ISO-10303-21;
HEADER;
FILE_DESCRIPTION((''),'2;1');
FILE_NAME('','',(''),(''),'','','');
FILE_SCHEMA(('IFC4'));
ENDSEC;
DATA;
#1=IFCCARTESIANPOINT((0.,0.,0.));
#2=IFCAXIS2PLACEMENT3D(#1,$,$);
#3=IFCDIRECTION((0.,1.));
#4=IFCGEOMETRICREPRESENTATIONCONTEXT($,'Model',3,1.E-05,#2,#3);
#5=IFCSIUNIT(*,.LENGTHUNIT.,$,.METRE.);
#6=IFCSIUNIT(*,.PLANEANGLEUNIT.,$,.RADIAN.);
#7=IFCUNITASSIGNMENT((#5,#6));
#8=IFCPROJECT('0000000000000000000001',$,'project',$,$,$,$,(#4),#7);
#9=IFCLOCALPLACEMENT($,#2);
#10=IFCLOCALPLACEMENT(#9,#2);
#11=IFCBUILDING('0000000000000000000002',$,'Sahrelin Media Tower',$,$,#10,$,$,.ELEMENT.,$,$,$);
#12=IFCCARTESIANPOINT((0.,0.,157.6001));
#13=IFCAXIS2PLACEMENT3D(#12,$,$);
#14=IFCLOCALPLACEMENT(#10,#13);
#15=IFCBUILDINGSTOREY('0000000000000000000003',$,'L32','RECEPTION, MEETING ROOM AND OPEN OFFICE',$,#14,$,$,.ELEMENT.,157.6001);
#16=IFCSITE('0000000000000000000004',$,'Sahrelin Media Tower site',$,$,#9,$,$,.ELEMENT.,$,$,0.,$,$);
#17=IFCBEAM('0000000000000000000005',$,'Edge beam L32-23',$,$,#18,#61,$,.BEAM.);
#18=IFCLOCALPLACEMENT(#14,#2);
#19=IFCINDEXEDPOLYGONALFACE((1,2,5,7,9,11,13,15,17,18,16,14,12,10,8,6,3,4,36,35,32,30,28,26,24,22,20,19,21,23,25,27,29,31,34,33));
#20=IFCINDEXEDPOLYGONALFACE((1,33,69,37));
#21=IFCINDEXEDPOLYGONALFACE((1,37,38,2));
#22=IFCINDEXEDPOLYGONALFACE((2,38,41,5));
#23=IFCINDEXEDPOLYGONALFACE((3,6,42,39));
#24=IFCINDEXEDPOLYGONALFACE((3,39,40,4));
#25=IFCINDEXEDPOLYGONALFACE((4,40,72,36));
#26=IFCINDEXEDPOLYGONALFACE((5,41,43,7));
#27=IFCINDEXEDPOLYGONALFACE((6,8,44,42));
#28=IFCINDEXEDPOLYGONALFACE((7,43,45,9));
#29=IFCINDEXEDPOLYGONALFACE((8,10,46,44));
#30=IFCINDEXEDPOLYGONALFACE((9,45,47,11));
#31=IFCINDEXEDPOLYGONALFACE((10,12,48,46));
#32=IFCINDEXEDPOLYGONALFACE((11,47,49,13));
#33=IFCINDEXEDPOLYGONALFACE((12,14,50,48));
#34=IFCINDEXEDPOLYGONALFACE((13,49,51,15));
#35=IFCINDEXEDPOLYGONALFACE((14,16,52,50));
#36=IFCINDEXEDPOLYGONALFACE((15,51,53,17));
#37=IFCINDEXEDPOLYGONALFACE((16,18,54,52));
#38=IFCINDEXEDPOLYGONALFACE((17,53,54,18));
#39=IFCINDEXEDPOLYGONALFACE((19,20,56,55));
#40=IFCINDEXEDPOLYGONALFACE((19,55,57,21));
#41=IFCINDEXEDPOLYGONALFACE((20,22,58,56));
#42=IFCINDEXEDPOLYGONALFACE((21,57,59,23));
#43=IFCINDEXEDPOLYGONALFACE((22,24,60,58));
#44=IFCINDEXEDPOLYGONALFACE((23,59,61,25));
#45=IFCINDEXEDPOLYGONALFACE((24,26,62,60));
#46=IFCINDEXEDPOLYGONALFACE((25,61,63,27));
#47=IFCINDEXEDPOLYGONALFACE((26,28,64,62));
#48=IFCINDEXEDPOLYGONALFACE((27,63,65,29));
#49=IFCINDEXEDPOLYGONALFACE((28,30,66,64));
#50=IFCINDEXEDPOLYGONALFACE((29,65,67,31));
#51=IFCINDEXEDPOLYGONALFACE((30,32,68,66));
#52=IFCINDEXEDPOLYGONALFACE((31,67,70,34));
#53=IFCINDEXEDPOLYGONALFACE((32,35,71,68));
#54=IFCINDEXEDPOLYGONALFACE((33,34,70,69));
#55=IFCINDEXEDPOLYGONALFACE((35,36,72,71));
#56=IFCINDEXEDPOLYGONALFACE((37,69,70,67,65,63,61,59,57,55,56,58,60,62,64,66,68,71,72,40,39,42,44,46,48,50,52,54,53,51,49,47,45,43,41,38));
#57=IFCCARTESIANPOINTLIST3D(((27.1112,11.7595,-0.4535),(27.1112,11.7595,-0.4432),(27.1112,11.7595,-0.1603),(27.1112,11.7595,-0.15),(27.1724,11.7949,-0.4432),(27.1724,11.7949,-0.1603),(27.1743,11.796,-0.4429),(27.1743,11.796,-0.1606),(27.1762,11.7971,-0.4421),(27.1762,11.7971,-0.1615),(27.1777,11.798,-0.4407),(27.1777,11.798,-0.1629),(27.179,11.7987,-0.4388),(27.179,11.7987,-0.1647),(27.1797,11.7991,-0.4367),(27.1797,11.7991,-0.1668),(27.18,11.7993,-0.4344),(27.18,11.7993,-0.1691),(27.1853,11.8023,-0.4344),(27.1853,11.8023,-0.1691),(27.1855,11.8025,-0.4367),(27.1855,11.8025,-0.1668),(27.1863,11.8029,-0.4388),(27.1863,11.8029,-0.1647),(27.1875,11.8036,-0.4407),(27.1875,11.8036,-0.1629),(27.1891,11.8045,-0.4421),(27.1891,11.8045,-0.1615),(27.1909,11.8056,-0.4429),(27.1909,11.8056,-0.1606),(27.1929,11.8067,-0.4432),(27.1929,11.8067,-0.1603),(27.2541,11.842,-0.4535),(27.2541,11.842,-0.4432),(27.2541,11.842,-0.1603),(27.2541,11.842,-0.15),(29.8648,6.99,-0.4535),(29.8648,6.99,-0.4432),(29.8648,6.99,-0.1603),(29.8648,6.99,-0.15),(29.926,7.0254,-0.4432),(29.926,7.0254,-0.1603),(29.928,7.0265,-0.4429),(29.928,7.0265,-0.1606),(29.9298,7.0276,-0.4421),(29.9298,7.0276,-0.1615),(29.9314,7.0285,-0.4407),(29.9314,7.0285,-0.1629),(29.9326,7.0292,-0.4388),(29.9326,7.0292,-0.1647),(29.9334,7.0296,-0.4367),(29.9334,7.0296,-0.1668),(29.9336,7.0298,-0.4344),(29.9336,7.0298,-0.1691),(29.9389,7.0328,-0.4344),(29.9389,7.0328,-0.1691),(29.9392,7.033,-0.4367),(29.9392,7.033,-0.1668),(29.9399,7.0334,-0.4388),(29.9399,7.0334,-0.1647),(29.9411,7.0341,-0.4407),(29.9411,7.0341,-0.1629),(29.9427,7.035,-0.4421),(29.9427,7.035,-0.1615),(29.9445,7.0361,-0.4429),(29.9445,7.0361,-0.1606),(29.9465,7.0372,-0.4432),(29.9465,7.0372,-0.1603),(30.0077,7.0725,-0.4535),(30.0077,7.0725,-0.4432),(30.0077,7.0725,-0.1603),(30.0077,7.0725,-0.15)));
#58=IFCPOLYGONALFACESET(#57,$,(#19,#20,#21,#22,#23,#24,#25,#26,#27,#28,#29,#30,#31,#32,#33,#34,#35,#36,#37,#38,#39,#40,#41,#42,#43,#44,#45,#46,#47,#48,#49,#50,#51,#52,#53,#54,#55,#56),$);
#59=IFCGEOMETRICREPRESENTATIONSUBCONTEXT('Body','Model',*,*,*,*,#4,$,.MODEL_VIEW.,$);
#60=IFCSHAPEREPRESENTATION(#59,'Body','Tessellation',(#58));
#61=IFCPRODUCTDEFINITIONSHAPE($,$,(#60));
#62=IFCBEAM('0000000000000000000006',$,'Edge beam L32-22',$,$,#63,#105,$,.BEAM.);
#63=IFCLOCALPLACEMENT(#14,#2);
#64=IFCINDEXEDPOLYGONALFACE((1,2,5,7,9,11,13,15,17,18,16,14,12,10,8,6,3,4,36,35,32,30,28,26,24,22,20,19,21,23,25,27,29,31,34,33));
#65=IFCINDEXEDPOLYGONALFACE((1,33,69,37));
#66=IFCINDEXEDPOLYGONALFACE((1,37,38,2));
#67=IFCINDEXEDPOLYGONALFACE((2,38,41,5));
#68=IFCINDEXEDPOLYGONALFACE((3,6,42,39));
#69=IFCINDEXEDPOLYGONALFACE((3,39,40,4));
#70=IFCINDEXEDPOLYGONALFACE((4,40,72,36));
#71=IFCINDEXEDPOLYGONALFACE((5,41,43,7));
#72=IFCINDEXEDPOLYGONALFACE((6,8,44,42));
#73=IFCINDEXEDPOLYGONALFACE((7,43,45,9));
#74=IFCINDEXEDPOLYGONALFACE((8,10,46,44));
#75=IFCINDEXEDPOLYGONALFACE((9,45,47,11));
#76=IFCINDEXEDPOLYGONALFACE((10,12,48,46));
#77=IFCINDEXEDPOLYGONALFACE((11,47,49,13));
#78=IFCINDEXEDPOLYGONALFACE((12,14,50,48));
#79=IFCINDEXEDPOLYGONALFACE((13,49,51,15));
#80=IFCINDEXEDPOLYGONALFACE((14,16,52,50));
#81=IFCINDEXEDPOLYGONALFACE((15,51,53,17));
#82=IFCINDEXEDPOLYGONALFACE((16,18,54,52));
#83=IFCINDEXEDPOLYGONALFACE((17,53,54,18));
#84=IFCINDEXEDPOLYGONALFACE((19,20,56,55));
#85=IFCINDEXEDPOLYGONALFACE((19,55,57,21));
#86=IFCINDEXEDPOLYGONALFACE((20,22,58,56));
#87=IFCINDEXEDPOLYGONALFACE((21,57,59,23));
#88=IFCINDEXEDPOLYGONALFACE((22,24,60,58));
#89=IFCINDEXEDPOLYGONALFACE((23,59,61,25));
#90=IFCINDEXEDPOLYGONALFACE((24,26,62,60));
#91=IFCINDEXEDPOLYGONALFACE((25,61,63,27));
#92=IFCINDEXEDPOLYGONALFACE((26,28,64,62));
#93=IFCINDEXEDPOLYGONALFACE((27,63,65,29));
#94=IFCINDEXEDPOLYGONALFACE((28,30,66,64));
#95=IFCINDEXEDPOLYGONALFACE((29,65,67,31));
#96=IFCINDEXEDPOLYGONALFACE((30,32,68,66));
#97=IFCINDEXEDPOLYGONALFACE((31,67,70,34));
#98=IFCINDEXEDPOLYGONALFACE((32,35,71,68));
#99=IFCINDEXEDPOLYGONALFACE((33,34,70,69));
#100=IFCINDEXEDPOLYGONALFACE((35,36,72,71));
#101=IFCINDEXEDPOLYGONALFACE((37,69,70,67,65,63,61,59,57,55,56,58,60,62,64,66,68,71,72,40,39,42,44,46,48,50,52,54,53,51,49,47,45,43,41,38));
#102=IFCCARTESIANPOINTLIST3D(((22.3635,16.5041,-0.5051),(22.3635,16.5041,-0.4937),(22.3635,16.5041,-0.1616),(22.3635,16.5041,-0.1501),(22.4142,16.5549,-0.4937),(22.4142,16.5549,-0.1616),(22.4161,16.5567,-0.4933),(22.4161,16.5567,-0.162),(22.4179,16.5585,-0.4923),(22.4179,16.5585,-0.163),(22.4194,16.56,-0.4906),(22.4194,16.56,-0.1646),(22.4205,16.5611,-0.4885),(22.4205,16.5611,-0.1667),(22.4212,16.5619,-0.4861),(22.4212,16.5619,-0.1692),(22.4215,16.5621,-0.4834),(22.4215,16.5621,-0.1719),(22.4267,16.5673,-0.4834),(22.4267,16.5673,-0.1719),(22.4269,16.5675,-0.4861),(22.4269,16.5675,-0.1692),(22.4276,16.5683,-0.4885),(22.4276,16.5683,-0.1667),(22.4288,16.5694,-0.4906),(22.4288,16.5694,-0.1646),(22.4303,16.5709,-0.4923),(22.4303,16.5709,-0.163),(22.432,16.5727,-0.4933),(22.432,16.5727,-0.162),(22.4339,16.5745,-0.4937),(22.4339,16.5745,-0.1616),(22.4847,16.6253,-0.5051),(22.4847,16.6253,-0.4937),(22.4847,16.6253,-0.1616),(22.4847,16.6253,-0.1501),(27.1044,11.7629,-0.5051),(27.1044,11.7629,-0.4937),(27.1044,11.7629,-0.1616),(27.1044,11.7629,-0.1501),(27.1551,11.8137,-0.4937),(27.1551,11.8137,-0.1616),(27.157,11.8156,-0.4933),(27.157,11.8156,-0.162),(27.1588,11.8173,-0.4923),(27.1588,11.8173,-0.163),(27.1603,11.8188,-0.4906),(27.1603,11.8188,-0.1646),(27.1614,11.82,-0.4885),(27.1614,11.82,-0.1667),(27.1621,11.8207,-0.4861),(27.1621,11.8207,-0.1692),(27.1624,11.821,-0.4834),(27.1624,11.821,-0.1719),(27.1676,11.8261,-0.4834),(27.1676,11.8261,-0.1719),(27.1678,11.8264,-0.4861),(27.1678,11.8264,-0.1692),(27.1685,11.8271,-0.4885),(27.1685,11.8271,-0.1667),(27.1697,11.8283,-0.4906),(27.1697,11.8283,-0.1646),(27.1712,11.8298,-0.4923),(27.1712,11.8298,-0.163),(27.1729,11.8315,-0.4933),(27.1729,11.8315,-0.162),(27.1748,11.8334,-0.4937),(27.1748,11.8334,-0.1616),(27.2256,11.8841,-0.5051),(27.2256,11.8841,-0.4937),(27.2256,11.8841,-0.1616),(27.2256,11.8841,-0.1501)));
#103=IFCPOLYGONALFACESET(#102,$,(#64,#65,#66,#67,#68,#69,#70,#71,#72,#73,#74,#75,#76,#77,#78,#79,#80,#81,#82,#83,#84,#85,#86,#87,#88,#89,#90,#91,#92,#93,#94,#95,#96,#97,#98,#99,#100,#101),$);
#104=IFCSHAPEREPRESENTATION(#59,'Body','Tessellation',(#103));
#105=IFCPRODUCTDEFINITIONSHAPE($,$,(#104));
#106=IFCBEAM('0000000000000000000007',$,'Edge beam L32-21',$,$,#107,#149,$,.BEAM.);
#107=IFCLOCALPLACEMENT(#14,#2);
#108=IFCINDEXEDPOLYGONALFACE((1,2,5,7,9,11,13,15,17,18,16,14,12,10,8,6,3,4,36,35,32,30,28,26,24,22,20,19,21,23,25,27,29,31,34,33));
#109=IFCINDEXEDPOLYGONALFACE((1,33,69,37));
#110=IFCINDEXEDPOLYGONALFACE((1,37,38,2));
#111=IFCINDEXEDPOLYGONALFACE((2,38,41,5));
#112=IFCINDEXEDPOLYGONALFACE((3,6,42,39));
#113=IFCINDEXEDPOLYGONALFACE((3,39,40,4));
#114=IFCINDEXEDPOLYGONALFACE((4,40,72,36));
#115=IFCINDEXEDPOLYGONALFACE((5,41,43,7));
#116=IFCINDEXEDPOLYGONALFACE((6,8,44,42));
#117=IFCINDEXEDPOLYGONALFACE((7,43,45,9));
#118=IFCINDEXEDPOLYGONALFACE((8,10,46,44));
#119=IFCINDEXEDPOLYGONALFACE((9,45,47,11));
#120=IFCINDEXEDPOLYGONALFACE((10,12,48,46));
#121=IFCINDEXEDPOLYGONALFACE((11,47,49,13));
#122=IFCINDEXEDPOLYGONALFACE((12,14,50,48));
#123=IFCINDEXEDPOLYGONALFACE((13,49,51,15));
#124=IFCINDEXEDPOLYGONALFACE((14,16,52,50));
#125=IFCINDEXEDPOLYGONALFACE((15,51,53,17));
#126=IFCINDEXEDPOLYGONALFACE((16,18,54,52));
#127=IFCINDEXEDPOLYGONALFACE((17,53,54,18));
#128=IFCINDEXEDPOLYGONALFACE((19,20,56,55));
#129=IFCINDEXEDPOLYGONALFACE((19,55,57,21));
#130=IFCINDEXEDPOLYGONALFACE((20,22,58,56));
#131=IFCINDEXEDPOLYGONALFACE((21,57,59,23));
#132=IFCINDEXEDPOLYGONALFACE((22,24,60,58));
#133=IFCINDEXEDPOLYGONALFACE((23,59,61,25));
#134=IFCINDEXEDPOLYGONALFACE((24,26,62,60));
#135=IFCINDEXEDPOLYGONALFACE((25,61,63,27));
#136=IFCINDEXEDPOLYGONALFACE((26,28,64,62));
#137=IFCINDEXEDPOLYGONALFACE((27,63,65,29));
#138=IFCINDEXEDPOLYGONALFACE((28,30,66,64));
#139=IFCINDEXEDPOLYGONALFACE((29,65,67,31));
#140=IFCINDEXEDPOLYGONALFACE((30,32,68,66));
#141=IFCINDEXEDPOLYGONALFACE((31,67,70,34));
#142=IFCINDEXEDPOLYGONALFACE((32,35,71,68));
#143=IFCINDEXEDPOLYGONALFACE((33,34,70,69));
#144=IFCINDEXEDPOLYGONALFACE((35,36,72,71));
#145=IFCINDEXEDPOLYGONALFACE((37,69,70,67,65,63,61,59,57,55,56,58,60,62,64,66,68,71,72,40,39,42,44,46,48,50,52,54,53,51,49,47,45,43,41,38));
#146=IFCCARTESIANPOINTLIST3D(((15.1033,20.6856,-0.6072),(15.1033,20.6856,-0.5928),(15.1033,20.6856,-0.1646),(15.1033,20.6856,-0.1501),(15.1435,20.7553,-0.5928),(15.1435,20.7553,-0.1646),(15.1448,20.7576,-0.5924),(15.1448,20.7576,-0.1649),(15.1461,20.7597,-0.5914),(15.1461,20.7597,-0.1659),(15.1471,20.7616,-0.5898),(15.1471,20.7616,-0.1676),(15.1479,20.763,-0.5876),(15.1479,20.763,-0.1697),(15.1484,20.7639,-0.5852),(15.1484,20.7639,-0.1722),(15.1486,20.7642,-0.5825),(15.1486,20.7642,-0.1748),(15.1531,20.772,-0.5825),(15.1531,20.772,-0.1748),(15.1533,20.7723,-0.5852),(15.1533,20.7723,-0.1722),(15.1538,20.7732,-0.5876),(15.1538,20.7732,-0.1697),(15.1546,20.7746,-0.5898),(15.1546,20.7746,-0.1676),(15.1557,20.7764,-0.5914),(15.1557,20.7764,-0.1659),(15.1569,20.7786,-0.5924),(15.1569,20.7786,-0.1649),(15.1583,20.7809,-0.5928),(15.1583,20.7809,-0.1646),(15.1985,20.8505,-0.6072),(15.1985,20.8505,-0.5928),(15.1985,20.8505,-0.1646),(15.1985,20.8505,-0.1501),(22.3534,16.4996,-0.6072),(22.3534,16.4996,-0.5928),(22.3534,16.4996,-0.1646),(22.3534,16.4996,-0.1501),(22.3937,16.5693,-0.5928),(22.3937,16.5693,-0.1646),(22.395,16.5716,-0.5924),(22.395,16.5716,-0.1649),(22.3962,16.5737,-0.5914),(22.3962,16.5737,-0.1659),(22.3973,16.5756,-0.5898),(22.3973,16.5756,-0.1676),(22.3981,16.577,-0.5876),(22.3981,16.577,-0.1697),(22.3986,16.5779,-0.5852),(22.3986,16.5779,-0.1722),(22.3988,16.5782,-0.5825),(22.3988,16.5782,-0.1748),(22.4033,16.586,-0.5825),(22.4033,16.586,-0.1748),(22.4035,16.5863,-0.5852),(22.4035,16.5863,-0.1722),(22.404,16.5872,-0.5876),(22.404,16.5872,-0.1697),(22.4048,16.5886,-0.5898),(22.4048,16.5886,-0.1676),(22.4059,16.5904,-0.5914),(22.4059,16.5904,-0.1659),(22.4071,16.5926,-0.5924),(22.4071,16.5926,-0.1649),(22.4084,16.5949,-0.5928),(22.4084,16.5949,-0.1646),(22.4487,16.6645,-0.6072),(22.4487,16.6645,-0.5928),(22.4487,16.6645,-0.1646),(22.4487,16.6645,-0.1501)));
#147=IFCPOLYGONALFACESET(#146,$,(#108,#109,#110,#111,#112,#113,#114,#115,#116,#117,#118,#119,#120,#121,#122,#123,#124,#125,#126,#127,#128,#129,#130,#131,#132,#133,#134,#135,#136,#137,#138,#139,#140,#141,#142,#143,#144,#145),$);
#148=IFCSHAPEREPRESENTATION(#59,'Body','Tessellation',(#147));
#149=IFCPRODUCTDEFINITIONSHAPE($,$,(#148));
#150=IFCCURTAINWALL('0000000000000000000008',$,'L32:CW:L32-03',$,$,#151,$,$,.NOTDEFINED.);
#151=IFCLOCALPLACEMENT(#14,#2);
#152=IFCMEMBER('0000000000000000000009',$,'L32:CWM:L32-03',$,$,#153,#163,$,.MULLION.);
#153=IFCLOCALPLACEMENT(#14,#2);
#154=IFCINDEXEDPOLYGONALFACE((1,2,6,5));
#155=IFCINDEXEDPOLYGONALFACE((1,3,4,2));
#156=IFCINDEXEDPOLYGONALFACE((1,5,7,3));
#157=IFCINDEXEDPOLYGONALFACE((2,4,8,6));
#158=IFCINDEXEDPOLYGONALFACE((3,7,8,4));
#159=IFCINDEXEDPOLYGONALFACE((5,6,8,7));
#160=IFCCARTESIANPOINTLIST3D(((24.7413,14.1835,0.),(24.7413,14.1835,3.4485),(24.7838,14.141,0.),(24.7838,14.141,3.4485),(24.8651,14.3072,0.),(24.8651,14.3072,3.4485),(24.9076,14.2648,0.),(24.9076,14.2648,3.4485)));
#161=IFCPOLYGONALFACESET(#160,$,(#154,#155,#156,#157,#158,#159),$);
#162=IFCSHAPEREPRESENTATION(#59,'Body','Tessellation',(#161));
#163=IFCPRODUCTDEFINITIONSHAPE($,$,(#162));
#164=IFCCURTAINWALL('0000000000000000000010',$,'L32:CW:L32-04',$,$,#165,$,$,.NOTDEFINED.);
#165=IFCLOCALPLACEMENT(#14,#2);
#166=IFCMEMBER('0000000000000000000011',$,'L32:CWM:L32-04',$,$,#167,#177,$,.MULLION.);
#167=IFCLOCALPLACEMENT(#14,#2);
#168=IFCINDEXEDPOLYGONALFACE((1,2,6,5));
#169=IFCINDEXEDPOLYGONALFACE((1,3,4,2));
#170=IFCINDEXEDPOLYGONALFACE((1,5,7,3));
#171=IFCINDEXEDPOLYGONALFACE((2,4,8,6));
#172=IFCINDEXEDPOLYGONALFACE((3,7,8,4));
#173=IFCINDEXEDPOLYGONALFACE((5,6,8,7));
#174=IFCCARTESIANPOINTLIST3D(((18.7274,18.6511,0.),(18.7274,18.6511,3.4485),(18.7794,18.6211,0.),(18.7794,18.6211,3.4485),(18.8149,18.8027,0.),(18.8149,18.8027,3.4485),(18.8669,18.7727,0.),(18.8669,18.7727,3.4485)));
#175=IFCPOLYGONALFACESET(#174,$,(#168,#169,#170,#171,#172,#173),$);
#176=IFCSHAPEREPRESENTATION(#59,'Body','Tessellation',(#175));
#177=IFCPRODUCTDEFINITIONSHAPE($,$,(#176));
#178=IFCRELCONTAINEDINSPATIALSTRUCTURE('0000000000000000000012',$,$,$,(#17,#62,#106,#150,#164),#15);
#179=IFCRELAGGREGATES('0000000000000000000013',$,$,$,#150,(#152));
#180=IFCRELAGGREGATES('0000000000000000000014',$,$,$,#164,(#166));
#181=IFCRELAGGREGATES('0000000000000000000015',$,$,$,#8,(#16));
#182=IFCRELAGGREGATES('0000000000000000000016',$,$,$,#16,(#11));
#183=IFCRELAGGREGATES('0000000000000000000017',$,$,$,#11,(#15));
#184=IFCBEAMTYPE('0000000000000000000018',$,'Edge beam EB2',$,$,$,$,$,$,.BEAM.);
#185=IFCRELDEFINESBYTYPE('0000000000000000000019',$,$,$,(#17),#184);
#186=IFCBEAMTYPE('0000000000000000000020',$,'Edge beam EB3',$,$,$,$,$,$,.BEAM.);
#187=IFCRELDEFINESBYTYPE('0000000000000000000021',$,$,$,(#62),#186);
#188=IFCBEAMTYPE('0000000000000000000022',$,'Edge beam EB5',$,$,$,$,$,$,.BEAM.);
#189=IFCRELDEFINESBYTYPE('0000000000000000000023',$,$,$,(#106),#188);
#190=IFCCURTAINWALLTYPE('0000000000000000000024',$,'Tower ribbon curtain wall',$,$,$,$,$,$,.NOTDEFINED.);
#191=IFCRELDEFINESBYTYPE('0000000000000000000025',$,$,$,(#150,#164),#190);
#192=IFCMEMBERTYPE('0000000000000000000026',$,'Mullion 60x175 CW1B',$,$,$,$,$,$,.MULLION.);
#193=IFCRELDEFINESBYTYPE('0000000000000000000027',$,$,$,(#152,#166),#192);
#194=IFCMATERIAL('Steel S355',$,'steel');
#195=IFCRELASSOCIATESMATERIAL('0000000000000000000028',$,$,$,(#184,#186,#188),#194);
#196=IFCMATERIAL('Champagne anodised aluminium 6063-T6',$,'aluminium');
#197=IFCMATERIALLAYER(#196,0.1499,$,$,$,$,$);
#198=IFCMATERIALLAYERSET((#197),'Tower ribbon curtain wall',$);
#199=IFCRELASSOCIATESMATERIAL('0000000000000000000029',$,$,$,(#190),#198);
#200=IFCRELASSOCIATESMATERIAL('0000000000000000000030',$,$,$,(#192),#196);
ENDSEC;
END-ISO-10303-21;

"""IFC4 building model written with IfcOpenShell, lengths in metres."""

from ifc_helpers import new_model, si_unit, direction, frame, origin, origin_2d, place, context, subcontext, project, spatial, rectangle, i_section, extrude, material, layer, layer_set, material_profile, profile_set, type_object, element, aggregate, save


model = new_model("IFC4")

# Units and contexts
model_context = context("Model", 3, precision=1e-05, world=origin(), true_north=direction((0.0, 1.0)))
body_context = subcontext(model_context, "Body", "Model", "MODEL_VIEW")
ifc_project = project(units=[si_unit("LENGTHUNIT", "METRE"), si_unit("PLANEANGLEUNIT", "RADIAN")], contexts=[model_context])

# Site, building, storey
site_placement = place(None, origin())
site = spatial("IfcSite", under=ifc_project, at=site_placement, Name="Sahrelin Media Tower site", CompositionType="ELEMENT", RefElevation=0.0)
building_placement = place(site_placement, origin())
building = spatial("IfcBuilding", under=site, at=building_placement, Name="Sahrelin Media Tower", CompositionType="ELEMENT")
storey_placement = place(building_placement, frame((0.0, 0.0, 157.6001)))
storey = spatial("IfcBuildingStorey", under=building, at=storey_placement, Name="L32", Description="RECEPTION, MEETING ROOM AND OPEN OFFICE", CompositionType="ELEMENT", Elevation=157.6001)

# Beams
ifc_material_1 = material(Name="Steel S355", Category="steel")
ifc_material_profile_1 = material_profile(ifc_material_1, i_section(OverallWidth=0.165, OverallDepth=0.3035, WebThickness=0.0061, FlangeThickness=0.0103, FilletRadius=0.0088, at=origin_2d()), Name="UB 305x165x40")
ifc_profile_set_1 = profile_set([ifc_material_profile_1], Name="Steel S355")
beam_type_1 = type_object("IfcBeamType", Name="Edge beam EB2", PredefinedType="BEAM", material=ifc_profile_set_1)
beam_1_placement = place(storey_placement, frame((27.1826, 11.8008, -0.3018), z_axis=(0.499996, -0.866028, 0.0), x_axis=(0.866028, 0.499996, 0.0)))
element("IfcBeam", 1, at=beam_1_placement, inside=storey, type_object=beam_type_1, Name="Edge beam L32-23", PredefinedType="BEAM", context=body_context, shape_type="SweptSolid", body=[
    extrude(i_section(OverallWidth=0.165, OverallDepth=0.3035, WebThickness=0.0061, FlangeThickness=0.0103, FilletRadius=0.0088, at=origin_2d()), origin(), (0.0, 0.0, 1.0), 5.5073),
])
ifc_material_profile_2 = material_profile(ifc_material_1, i_section(OverallWidth=0.1714, OverallDepth=0.355, WebThickness=0.0073, FlangeThickness=0.0115, FilletRadius=0.0103, at=origin_2d()), Name="UB 356x171x51")
ifc_profile_set_2 = profile_set([ifc_material_profile_2], Name="Steel S355")
beam_type_2 = type_object("IfcBeamType", Name="Edge beam EB3", PredefinedType="BEAM", material=ifc_profile_set_2)
beam_2_placement = place(storey_placement, frame((22.4241, 16.5647, -0.3276), z_axis=(0.707089, -0.707125, 0.0), x_axis=(0.707125, 0.707089, 0.0)))
element("IfcBeam", 2, at=beam_2_placement, inside=storey, type_object=beam_type_2, Name="Edge beam L32-22", PredefinedType="BEAM", context=body_context, shape_type="SweptSolid", body=[
    extrude(i_section(OverallWidth=0.1714, OverallDepth=0.355, WebThickness=0.0073, FlangeThickness=0.0115, FilletRadius=0.0103, at=origin_2d()), origin(), (0.0, 0.0, 1.0), 6.7048),
])
ifc_material_profile_3 = material_profile(ifc_material_1, i_section(OverallWidth=0.1904, OverallDepth=0.457, WebThickness=0.009, FlangeThickness=0.0144, FilletRadius=0.0103, at=origin_2d()), Name="UB 457x191x74")
ifc_profile_set_3 = profile_set([ifc_material_profile_3], Name="Steel S355")
beam_type_3 = type_object("IfcBeamType", Name="Edge beam EB5", PredefinedType="BEAM", material=ifc_profile_set_3)
beam_3_placement = place(storey_placement, frame((15.1509, 20.7681, -0.3787), z_axis=(0.86602, -0.500009, 0.0), x_axis=(0.500009, 0.86602, 0.0)))
element("IfcBeam", 3, at=beam_3_placement, inside=storey, type_object=beam_type_3, Name="Edge beam L32-21", PredefinedType="BEAM", context=body_context, shape_type="SweptSolid", body=[
    extrude(i_section(OverallWidth=0.1904, OverallDepth=0.457, WebThickness=0.009, FlangeThickness=0.0144, FilletRadius=0.0103, at=origin_2d()), origin(), (0.0, 0.0, 1.0), 8.3718),
])

# Curtain walls, members
ifc_material_2 = material(Name="Champagne anodised aluminium 6063-T6", Category="aluminium")
ifc_layer_1 = layer(ifc_material_2, 0.1499)
ifc_layer_set_1 = layer_set([ifc_layer_1], Name="Tower ribbon curtain wall")
curtain_wall_type = type_object("IfcCurtainWallType", Name="Tower ribbon curtain wall", PredefinedType="NOTDEFINED", material=ifc_layer_set_1)
curtain_wall_1_placement = place(storey_placement, frame((24.9006, 14.3003, 0.0), z_axis=(0.0, 0.0, 1.0), x_axis=(1.0, 0.0, 0.0)))
curtain_wall_1 = element("IfcCurtainWall", 4, at=curtain_wall_1_placement, inside=storey, type_object=curtain_wall_type, Name="L32:CW:L32-03", PredefinedType="NOTDEFINED")
ifc_material_profile_4 = material_profile(ifc_material_2, rectangle(XDim=0.0601, YDim=0.175, at=origin_2d()), Name="Mullion 60x175")
ifc_profile_set_4 = profile_set([ifc_material_profile_4], Name="Champagne anodised aluminium 6063-T6")
member_type_1 = type_object("IfcMemberType", Name="Mullion 60x175 CW1B", PredefinedType="MULLION", material=ifc_profile_set_4)
member_1_placement = place(storey_placement, frame((24.8245, 14.2241, 0.0), z_axis=(0.0, 0.0, 1.0), x_axis=(-0.707107, 0.707107, 0.0)))
member_1 = element("IfcMember", 5, at=member_1_placement, type_object=member_type_1, Name="L32:CWM:L32-03", PredefinedType="MULLION", context=body_context, shape_type="SweptSolid", body=[
    extrude(rectangle(XDim=0.0601, YDim=0.175, at=origin_2d()), origin(), (0.0, 0.0, 1.0), 3.4485),
])
curtain_wall_2_placement = place(storey_placement, frame((18.8511, 18.8049, 0.0), z_axis=(0.0, 0.0, 1.0), x_axis=(1.0, 0.0, 0.0)))
curtain_wall_2 = element("IfcCurtainWall", 6, at=curtain_wall_2_placement, inside=storey, type_object=curtain_wall_type, Name="L32:CW:L32-04", PredefinedType="NOTDEFINED")
member_2_placement = place(storey_placement, frame((18.7971, 18.7119, 0.0), z_axis=(0.0, 0.0, 1.0), x_axis=(-0.866025, 0.5, 0.0)))
member_2 = element("IfcMember", 7, at=member_2_placement, type_object=member_type_1, Name="L32:CWM:L32-04", PredefinedType="MULLION", context=body_context, shape_type="SweptSolid", body=[
    extrude(rectangle(XDim=0.0601, YDim=0.175, at=origin_2d()), origin(), (0.0, 0.0, 1.0), 3.4485),
])

aggregate(curtain_wall_1, [member_1])
aggregate(curtain_wall_2, [member_2])

save(model, "model.ifc")
